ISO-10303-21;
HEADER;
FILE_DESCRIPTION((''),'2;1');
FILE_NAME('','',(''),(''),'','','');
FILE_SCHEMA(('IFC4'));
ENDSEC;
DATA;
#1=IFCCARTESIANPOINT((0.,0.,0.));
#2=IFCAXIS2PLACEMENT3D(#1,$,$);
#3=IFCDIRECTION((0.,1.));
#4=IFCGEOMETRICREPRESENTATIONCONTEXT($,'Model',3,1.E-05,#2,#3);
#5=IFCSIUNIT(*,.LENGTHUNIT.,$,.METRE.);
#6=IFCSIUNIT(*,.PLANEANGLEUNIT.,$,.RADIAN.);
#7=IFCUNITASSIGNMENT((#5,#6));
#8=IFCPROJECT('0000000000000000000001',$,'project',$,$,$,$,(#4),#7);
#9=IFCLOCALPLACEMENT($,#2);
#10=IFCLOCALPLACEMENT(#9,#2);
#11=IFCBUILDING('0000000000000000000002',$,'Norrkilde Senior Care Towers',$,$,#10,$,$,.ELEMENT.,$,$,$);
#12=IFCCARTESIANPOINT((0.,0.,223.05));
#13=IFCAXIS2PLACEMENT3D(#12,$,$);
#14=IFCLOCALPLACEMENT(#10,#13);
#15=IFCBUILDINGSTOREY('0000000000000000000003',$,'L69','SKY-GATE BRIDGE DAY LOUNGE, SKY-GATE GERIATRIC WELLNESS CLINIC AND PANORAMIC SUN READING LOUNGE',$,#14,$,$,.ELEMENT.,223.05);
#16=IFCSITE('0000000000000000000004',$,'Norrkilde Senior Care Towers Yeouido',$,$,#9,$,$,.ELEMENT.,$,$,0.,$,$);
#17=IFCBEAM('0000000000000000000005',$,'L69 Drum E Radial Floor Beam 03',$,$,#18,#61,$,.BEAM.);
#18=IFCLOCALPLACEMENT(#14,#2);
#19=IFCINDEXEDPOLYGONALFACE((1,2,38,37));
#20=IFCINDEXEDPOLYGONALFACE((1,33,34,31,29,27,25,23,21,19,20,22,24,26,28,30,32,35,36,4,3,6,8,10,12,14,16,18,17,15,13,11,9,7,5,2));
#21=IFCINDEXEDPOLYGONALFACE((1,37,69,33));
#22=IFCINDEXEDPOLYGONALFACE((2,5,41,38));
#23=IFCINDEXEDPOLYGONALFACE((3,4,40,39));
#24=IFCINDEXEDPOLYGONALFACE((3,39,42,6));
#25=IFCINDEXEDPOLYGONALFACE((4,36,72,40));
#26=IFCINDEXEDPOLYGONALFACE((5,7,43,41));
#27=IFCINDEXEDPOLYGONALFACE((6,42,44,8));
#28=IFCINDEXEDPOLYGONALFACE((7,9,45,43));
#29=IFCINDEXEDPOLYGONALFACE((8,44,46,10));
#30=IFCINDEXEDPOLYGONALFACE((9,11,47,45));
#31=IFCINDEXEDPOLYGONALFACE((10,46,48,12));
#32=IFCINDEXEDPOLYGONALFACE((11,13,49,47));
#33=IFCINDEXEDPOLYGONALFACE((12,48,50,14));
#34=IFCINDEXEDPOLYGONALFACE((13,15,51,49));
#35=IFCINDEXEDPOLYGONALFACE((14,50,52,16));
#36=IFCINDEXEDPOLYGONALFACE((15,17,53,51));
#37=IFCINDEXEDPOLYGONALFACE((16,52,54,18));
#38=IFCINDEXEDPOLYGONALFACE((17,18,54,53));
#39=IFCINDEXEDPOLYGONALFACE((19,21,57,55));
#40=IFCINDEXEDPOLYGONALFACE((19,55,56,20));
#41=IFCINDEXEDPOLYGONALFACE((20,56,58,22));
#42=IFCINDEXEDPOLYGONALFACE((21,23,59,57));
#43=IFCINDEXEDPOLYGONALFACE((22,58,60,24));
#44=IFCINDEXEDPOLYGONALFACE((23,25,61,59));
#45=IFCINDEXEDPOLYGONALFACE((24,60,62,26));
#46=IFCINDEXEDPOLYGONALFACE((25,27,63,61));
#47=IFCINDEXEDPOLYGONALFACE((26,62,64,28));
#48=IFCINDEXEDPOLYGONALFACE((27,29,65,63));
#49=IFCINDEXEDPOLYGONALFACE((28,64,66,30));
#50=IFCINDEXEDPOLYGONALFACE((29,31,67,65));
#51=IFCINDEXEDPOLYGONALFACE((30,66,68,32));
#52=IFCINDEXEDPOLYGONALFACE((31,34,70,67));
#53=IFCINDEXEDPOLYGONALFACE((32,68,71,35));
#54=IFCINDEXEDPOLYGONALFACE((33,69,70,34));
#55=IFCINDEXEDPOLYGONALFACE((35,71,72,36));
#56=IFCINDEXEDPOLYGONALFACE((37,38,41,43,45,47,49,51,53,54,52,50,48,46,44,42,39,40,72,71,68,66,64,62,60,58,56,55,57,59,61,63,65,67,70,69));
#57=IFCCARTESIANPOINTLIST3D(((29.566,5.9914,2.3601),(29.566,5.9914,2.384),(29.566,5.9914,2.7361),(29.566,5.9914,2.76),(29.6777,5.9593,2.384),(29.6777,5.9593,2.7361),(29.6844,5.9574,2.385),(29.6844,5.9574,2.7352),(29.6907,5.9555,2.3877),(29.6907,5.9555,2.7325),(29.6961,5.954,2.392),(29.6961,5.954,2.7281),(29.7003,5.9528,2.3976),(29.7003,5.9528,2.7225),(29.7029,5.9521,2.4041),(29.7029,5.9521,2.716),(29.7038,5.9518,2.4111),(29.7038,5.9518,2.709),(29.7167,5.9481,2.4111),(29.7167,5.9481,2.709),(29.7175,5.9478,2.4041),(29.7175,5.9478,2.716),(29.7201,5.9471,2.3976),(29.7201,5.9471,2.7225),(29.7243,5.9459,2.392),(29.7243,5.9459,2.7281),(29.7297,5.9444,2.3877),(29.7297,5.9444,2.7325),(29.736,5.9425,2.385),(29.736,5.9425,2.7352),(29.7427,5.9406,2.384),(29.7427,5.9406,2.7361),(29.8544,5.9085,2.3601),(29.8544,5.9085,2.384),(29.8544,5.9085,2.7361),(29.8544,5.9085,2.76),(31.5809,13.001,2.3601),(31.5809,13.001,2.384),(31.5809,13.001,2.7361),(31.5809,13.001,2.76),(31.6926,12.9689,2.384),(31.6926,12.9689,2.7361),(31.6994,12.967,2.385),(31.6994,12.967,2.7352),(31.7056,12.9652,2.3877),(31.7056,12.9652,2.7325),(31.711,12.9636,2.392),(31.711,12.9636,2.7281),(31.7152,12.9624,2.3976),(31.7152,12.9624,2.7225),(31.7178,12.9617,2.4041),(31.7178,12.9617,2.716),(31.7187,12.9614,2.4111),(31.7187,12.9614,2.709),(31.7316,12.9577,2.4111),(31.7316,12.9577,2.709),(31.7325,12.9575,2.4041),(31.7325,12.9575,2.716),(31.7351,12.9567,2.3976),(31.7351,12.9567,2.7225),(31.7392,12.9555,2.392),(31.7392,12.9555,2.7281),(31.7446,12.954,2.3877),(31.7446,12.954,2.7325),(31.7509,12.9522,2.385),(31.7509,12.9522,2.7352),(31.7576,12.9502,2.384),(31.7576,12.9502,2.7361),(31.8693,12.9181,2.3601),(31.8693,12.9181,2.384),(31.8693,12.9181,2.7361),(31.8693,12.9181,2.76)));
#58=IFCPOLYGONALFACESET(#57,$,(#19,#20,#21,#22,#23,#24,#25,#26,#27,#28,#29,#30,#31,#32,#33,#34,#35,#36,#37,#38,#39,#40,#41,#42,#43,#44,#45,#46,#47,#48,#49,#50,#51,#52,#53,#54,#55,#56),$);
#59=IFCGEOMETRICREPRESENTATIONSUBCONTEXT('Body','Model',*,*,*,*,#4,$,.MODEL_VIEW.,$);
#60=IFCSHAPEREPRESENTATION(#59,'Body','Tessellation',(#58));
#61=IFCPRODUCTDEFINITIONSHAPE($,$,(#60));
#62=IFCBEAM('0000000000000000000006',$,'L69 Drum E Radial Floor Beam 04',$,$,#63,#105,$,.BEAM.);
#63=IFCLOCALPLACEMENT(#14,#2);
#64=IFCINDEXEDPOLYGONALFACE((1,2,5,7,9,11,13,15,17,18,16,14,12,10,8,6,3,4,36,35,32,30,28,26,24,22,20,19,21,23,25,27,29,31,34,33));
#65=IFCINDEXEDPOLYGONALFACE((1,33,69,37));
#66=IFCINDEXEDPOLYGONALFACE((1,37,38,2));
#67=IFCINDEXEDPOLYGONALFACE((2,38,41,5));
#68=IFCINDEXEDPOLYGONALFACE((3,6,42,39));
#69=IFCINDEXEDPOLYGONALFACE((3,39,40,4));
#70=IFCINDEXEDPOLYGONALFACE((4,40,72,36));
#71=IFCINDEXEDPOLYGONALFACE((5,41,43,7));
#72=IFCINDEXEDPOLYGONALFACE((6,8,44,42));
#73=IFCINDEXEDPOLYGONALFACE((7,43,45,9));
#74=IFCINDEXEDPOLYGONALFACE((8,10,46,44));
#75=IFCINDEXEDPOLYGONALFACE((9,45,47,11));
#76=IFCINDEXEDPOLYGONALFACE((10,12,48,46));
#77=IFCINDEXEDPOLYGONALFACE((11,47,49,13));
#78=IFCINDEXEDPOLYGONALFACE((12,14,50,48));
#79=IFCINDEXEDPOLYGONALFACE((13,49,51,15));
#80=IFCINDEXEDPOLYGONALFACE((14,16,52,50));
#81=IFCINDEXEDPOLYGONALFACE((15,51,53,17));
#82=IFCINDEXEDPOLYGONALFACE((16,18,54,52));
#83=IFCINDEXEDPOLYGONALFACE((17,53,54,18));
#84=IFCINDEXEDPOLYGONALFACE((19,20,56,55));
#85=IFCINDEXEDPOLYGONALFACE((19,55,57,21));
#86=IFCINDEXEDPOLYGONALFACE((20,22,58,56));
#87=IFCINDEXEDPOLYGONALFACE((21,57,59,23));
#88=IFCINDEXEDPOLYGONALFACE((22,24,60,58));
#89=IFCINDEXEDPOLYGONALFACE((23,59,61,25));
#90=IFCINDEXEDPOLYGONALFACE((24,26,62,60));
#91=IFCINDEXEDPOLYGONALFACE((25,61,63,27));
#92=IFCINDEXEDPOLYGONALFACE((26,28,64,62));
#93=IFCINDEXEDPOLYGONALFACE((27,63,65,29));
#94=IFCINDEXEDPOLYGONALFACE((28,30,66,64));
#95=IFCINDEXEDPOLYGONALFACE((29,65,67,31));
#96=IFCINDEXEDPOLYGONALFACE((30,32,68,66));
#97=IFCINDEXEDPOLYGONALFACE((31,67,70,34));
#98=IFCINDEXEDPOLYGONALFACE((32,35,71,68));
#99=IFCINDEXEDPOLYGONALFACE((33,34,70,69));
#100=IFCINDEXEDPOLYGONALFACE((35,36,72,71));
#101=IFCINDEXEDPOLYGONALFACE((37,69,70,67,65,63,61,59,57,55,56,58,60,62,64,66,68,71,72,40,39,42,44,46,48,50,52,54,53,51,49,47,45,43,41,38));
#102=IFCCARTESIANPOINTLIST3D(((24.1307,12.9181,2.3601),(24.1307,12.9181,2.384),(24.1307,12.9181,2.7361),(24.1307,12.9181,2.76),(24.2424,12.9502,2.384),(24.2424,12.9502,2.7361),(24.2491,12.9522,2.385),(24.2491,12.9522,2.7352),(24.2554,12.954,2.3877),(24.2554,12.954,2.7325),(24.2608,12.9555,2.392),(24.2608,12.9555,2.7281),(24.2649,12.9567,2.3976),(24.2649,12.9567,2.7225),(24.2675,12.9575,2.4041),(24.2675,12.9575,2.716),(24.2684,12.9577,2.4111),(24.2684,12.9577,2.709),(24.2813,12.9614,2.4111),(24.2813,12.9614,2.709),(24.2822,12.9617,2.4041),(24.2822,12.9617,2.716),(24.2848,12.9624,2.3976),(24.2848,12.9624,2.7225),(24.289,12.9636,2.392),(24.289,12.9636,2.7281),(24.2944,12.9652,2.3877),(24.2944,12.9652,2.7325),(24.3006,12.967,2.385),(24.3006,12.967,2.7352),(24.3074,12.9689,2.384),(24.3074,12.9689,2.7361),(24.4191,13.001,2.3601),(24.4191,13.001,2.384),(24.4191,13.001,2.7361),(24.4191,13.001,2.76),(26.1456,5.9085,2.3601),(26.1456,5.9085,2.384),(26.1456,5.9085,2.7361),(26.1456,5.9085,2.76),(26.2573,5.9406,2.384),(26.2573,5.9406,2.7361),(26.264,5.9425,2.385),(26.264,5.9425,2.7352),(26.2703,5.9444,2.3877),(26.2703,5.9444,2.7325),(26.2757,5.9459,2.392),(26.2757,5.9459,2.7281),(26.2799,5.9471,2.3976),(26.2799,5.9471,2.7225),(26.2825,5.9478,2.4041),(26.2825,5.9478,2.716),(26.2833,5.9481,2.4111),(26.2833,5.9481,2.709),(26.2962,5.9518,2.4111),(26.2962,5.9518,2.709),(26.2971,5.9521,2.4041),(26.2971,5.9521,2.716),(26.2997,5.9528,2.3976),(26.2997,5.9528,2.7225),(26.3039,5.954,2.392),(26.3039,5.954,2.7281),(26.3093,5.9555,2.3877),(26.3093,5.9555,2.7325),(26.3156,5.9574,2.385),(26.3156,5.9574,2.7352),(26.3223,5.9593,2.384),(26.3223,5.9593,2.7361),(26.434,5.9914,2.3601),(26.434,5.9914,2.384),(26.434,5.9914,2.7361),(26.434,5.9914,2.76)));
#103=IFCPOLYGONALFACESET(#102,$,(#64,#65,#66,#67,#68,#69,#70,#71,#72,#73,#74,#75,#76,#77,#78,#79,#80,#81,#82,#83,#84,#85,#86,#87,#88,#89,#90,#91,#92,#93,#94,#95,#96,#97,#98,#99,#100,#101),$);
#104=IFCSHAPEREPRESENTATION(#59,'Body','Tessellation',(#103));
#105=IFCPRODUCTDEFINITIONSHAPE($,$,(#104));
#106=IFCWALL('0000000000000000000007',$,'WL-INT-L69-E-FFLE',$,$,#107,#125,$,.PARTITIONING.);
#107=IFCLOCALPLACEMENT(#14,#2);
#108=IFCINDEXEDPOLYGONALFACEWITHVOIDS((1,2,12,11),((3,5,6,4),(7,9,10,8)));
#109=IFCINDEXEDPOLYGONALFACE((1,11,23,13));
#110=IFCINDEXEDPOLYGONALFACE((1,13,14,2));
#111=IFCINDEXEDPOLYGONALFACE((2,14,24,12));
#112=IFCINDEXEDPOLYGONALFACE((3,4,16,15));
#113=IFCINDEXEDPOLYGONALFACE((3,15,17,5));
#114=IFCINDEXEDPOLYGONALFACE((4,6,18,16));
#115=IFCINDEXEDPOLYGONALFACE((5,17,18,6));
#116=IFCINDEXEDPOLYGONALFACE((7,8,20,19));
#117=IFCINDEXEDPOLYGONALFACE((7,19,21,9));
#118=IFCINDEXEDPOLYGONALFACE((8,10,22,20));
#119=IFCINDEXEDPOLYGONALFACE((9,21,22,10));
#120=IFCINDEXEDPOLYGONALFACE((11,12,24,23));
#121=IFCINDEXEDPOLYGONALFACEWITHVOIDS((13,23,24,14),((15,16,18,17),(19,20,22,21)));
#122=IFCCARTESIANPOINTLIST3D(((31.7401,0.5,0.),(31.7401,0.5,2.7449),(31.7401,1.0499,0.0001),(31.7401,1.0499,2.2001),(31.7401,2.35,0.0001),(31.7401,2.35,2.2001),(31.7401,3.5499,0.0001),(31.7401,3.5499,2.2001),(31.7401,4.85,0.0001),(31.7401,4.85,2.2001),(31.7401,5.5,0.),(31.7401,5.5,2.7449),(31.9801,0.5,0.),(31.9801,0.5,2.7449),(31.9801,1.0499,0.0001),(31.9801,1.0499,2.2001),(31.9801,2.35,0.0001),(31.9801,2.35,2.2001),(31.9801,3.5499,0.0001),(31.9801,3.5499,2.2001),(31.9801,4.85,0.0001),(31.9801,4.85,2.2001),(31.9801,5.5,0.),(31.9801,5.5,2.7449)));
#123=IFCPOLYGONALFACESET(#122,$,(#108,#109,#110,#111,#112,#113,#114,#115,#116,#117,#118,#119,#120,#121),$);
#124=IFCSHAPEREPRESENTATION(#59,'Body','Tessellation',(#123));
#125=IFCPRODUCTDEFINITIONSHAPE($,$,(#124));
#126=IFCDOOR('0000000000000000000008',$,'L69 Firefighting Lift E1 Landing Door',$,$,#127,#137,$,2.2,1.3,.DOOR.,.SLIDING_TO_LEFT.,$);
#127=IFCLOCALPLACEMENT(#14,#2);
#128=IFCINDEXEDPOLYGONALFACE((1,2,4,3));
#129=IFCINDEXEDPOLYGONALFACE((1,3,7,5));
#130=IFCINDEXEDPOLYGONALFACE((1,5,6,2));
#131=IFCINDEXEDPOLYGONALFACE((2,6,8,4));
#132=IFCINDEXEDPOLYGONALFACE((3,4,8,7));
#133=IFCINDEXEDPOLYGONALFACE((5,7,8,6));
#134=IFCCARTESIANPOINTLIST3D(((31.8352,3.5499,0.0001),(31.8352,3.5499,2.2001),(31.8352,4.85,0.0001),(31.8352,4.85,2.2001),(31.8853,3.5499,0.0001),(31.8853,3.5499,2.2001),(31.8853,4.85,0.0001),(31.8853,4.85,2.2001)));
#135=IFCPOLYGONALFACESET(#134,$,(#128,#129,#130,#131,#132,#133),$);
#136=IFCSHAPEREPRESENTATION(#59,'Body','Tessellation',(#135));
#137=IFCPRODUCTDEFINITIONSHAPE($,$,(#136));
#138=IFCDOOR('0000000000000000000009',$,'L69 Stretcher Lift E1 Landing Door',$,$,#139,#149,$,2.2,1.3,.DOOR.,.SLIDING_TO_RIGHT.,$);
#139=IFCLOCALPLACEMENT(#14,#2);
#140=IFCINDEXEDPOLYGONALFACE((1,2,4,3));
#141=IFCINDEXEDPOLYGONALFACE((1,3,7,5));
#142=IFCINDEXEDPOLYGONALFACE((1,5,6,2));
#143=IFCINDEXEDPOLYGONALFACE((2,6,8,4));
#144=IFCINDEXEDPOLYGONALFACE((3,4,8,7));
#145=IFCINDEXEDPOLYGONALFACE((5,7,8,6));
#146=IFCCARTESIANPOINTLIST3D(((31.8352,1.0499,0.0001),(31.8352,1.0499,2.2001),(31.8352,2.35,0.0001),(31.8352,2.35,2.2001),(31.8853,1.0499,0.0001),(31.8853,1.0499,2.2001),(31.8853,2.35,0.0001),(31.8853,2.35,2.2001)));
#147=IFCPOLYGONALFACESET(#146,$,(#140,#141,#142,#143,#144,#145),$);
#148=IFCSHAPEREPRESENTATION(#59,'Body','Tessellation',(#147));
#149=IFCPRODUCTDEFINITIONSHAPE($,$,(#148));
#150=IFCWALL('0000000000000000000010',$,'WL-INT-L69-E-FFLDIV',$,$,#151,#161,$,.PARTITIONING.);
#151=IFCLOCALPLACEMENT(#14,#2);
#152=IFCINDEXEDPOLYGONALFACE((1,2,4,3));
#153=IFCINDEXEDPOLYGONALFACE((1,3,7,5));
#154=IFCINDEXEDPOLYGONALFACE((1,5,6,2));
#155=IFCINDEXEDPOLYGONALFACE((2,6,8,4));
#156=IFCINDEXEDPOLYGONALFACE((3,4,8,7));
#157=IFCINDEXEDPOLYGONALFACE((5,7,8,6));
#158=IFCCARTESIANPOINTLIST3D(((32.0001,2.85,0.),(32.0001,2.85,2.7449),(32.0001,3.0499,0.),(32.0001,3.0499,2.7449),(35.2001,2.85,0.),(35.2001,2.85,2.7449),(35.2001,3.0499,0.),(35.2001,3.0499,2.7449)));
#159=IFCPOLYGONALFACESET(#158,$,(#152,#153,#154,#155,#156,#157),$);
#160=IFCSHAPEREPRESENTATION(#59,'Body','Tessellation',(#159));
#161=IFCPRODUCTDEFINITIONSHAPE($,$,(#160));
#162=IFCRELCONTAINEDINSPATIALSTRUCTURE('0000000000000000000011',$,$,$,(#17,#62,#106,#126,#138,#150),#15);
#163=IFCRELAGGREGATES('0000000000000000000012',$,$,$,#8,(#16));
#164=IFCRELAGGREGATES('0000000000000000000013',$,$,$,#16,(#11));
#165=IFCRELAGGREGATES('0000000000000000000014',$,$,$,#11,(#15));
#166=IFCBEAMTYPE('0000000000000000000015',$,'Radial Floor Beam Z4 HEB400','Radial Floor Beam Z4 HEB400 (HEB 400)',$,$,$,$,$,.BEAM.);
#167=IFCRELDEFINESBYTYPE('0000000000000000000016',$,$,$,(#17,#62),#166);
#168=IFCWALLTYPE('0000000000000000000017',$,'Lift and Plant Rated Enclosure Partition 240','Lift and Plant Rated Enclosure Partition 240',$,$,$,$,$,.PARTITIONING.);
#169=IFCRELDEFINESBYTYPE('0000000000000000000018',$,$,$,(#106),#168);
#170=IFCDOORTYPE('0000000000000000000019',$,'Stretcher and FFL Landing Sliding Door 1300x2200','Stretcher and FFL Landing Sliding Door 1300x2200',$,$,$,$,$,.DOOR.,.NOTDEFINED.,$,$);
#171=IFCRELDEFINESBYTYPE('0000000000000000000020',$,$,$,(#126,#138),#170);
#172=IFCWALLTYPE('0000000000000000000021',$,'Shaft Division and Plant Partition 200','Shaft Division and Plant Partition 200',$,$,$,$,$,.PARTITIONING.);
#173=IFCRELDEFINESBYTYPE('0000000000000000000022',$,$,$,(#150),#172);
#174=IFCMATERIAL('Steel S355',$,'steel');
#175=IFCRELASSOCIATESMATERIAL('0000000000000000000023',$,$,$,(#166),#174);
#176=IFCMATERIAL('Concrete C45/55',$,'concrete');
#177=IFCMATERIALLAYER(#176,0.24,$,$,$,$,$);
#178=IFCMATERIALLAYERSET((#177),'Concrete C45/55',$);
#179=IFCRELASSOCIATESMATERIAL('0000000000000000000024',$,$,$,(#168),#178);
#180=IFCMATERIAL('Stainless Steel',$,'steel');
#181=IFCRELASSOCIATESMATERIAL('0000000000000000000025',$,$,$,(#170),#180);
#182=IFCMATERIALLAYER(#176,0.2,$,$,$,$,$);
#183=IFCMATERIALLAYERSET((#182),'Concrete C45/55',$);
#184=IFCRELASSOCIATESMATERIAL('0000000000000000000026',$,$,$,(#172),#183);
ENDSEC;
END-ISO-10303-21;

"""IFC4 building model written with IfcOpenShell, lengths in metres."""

from ifc_helpers import new_model, si_unit, direction, frame, frame_2d, origin, origin_2d, place, context, subcontext, project, spatial, rectangle, i_section, extrude, source, transform, mapped, material, layer, layer_set, material_profile, profile_set, type_object, type_shapes, element, fill, save


model = new_model("IFC4")

# Units and contexts
model_context = context("Model", 3, precision=1e-05, world=origin(), true_north=direction((0.0, 1.0)))
body_context = subcontext(model_context, "Body", "Model", "MODEL_VIEW")
ifc_project = project(units=[si_unit("LENGTHUNIT", "METRE"), si_unit("PLANEANGLEUNIT", "RADIAN")], contexts=[model_context])

# Site, building, storey
site_placement = place(None, origin())
site = spatial("IfcSite", under=ifc_project, at=site_placement, Name="Norrkilde Senior Care Towers Yeouido", CompositionType="ELEMENT", RefElevation=0.0)
building_placement = place(site_placement, origin())
building = spatial("IfcBuilding", under=site, at=building_placement, Name="Norrkilde Senior Care Towers", CompositionType="ELEMENT")
storey_placement = place(building_placement, frame((0.0, 0.0, 223.05)))
storey = spatial("IfcBuildingStorey", under=building, at=storey_placement, Name="L69", Description="SKY-GATE BRIDGE DAY LOUNGE, SKY-GATE GERIATRIC WELLNESS CLINIC AND PANORAMIC SUN READING LOUNGE", CompositionType="ELEMENT", Elevation=223.05)

# Beams
ifc_material_1 = material(Name="Steel S355", Category="steel")
ifc_material_profile = material_profile(ifc_material_1, i_section(OverallWidth=0.3, OverallDepth=0.3999, WebThickness=0.0134, FlangeThickness=0.0239, FilletRadius=0.0271, at=origin_2d()), Name="HEB 400")
ifc_profile_set = profile_set([ifc_material_profile], Name="Steel S355")
beam_type = type_object("IfcBeamType", Name="Radial Floor Beam Z4 HEB400", Description="Radial Floor Beam Z4 HEB400 (HEB 400)", PredefinedType="BEAM", material=ifc_profile_set)
shared_shape_1 = source(origin(), body_context, "Body", "SweptSolid", [
    extrude(i_section(OverallWidth=0.3, OverallDepth=0.3999, WebThickness=0.0134, FlangeThickness=0.0239, FilletRadius=0.0271, at=origin_2d()), origin(), (0.0, 0.0, 1.0), 7.2935),
])
type_shapes(beam_type, [shared_shape_1])
for number, where, z_axis, x_axis, name in (
    (1, (29.7102, 5.95, 2.5601), (0.276264, 0.961082, 0.0), (-0.961082, 0.276264, 0.0), "L69 Drum E Radial Floor Beam 03"),
    (2, (26.2898, 5.95, 2.5601), (-0.276264, 0.961082, 0.0), (-0.961082, -0.276264, 0.0), "L69 Drum E Radial Floor Beam 04"),
):
    element("IfcBeam", number, at=place(storey_placement, frame(where, z_axis=z_axis, x_axis=x_axis)), inside=storey, type_object=beam_type, Name=name, PredefinedType="BEAM", context=body_context, shape_type="MappedRepresentation", body=[
        mapped(shared_shape_1, transform((0.0, 0.0, 0.0), x_axis=(1.0, 0.0, 0.0), y_axis=(0.0, 1.0, 0.0), z_axis=(0.0, 0.0, 1.0), scale=1.0)),
    ])

# Shared definitions
ifc_material_2 = material(Name="Concrete C45/55", Category="concrete")

# Wall, openings, doors
ifc_layer_1 = layer(ifc_material_2, 0.24)
ifc_layer_set_1 = layer_set([ifc_layer_1], Name="Concrete C45/55")
wall_type_1 = type_object("IfcWallType", Name="Lift and Plant Rated Enclosure Partition 240", Description="Lift and Plant Rated Enclosure Partition 240", PredefinedType="PARTITIONING", material=ifc_layer_set_1)
shared_shape_2 = source(origin(), body_context, "Body", "SweptSolid", [
    extrude(rectangle(XDim=5.0, YDim=0.24, at=frame_2d((2.5, 0.0))), origin(), (0.0, 0.0, 1.0), 2.7449),
])
type_shapes(wall_type_1, [shared_shape_2])
wall_1_placement = place(storey_placement, frame((31.8601, 0.5, 0.0), z_axis=(0.0, 0.0, 1.0), x_axis=(0.0, 1.0, 0.0)))
wall_1 = element("IfcWall", 3, at=wall_1_placement, inside=storey, type_object=wall_type_1, Name="WL-INT-L69-E-FFLE", PredefinedType="PARTITIONING", context=body_context, shape_type="MappedRepresentation", body=[
    mapped(shared_shape_2, transform((0.0, 0.0, 0.0), x_axis=(1.0, 0.0, 0.0), y_axis=(0.0, 1.0, 0.0), z_axis=(0.0, 0.0, 1.0), scale=1.0)),
])
opening_1_placement = place(wall_1_placement, frame((3.05, 0.0, 0.0)))
opening_1 = element("IfcOpeningElement", 4, at=opening_1_placement, cuts=wall_1, PredefinedType="OPENING", context=body_context, shape_type="SweptSolid", body=[
    extrude(rectangle(XDim=1.3, YDim=2.2, at=frame_2d((0.6499, 1.1001))), frame((0.0, 0.1299, 0.0), z_axis=(0.0, -1.0, 0.0), x_axis=(1.0, 0.0, 0.0)), (0.0, 0.0, 1.0), 0.26),
])
opening_2_placement = place(wall_1_placement, frame((0.55, 0.0, 0.0)))
opening_2 = element("IfcOpeningElement", 5, at=opening_2_placement, cuts=wall_1, PredefinedType="OPENING", context=body_context, shape_type="SweptSolid", body=[
    extrude(rectangle(XDim=1.3, YDim=2.2, at=frame_2d((0.6499, 1.1001))), frame((0.0, 0.1299, 0.0), z_axis=(0.0, -1.0, 0.0), x_axis=(1.0, 0.0, 0.0)), (0.0, 0.0, 1.0), 0.26),
])
ifc_material_3 = material(Name="Stainless Steel", Category="steel")
door_type_1 = type_object("IfcDoorType", Name="Stretcher and FFL Landing Sliding Door 1300x2200", Description="Stretcher and FFL Landing Sliding Door 1300x2200", OperationType="NOTDEFINED", PredefinedType="DOOR", material=ifc_material_3)
shared_shape_3 = source(origin(), body_context, "Body", "SweptSolid", [
    extrude(rectangle(XDim=1.3, YDim=2.2, at=frame_2d((0.6499, 1.1001))), frame((0.0, 0.0249, 0.0), z_axis=(0.0, -1.0, 0.0), x_axis=(1.0, 0.0, 0.0)), (0.0, 0.0, 1.0), 0.05),
])
type_shapes(door_type_1, [shared_shape_3])
door_1_placement = place(opening_1_placement, origin())
door_1 = element("IfcDoor", 6, at=door_1_placement, inside=storey, type_object=door_type_1, Name="L69 Firefighting Lift E1 Landing Door", OperationType="SLIDING_TO_LEFT", OverallHeight=2.2, OverallWidth=1.3, PredefinedType="DOOR", context=body_context, shape_type="MappedRepresentation", body=[
    mapped(shared_shape_3, transform((0.0, 0.0, 0.0), x_axis=(1.0, 0.0, 0.0), y_axis=(0.0, 1.0, 0.0), z_axis=(0.0, 0.0, 1.0), scale=1.0)),
])
fill(opening_1, door_1)
door_2_placement = place(opening_2_placement, origin())
door_2 = element("IfcDoor", 7, at=door_2_placement, inside=storey, type_object=door_type_1, Name="L69 Stretcher Lift E1 Landing Door", OperationType="SLIDING_TO_RIGHT", OverallHeight=2.2, OverallWidth=1.3, PredefinedType="DOOR", context=body_context, shape_type="MappedRepresentation", body=[
    mapped(shared_shape_3, transform((0.0, 0.0, 0.0), x_axis=(1.0, 0.0, 0.0), y_axis=(0.0, 1.0, 0.0), z_axis=(0.0, 0.0, 1.0), scale=1.0)),
])
fill(opening_2, door_2)

# Wall
ifc_layer_2 = layer(ifc_material_2, 0.2)
ifc_layer_set_2 = layer_set([ifc_layer_2], Name="Concrete C45/55")
wall_type_2 = type_object("IfcWallType", Name="Shaft Division and Plant Partition 200", Description="Shaft Division and Plant Partition 200", PredefinedType="PARTITIONING", material=ifc_layer_set_2)
shared_shape_4 = source(origin(), body_context, "Body", "SweptSolid", [
    extrude(rectangle(XDim=3.2, YDim=0.2, at=frame_2d((1.6001, 0.0))), origin(), (0.0, 0.0, 1.0), 2.7449),
])
type_shapes(wall_type_2, [shared_shape_4])
wall_2_placement = place(storey_placement, frame((32.0, 2.95, 0.0), z_axis=(0.0, 0.0, 1.0), x_axis=(1.0, 0.0, 0.0)))
element("IfcWall", 8, at=wall_2_placement, inside=storey, type_object=wall_type_2, Name="WL-INT-L69-E-FFLDIV", PredefinedType="PARTITIONING", context=body_context, shape_type="MappedRepresentation", body=[
    mapped(shared_shape_4, transform((0.0, 0.0, 0.0), x_axis=(1.0, 0.0, 0.0), y_axis=(0.0, 1.0, 0.0), z_axis=(0.0, 0.0, 1.0), scale=1.0)),
])

save(model, "model.ifc")
